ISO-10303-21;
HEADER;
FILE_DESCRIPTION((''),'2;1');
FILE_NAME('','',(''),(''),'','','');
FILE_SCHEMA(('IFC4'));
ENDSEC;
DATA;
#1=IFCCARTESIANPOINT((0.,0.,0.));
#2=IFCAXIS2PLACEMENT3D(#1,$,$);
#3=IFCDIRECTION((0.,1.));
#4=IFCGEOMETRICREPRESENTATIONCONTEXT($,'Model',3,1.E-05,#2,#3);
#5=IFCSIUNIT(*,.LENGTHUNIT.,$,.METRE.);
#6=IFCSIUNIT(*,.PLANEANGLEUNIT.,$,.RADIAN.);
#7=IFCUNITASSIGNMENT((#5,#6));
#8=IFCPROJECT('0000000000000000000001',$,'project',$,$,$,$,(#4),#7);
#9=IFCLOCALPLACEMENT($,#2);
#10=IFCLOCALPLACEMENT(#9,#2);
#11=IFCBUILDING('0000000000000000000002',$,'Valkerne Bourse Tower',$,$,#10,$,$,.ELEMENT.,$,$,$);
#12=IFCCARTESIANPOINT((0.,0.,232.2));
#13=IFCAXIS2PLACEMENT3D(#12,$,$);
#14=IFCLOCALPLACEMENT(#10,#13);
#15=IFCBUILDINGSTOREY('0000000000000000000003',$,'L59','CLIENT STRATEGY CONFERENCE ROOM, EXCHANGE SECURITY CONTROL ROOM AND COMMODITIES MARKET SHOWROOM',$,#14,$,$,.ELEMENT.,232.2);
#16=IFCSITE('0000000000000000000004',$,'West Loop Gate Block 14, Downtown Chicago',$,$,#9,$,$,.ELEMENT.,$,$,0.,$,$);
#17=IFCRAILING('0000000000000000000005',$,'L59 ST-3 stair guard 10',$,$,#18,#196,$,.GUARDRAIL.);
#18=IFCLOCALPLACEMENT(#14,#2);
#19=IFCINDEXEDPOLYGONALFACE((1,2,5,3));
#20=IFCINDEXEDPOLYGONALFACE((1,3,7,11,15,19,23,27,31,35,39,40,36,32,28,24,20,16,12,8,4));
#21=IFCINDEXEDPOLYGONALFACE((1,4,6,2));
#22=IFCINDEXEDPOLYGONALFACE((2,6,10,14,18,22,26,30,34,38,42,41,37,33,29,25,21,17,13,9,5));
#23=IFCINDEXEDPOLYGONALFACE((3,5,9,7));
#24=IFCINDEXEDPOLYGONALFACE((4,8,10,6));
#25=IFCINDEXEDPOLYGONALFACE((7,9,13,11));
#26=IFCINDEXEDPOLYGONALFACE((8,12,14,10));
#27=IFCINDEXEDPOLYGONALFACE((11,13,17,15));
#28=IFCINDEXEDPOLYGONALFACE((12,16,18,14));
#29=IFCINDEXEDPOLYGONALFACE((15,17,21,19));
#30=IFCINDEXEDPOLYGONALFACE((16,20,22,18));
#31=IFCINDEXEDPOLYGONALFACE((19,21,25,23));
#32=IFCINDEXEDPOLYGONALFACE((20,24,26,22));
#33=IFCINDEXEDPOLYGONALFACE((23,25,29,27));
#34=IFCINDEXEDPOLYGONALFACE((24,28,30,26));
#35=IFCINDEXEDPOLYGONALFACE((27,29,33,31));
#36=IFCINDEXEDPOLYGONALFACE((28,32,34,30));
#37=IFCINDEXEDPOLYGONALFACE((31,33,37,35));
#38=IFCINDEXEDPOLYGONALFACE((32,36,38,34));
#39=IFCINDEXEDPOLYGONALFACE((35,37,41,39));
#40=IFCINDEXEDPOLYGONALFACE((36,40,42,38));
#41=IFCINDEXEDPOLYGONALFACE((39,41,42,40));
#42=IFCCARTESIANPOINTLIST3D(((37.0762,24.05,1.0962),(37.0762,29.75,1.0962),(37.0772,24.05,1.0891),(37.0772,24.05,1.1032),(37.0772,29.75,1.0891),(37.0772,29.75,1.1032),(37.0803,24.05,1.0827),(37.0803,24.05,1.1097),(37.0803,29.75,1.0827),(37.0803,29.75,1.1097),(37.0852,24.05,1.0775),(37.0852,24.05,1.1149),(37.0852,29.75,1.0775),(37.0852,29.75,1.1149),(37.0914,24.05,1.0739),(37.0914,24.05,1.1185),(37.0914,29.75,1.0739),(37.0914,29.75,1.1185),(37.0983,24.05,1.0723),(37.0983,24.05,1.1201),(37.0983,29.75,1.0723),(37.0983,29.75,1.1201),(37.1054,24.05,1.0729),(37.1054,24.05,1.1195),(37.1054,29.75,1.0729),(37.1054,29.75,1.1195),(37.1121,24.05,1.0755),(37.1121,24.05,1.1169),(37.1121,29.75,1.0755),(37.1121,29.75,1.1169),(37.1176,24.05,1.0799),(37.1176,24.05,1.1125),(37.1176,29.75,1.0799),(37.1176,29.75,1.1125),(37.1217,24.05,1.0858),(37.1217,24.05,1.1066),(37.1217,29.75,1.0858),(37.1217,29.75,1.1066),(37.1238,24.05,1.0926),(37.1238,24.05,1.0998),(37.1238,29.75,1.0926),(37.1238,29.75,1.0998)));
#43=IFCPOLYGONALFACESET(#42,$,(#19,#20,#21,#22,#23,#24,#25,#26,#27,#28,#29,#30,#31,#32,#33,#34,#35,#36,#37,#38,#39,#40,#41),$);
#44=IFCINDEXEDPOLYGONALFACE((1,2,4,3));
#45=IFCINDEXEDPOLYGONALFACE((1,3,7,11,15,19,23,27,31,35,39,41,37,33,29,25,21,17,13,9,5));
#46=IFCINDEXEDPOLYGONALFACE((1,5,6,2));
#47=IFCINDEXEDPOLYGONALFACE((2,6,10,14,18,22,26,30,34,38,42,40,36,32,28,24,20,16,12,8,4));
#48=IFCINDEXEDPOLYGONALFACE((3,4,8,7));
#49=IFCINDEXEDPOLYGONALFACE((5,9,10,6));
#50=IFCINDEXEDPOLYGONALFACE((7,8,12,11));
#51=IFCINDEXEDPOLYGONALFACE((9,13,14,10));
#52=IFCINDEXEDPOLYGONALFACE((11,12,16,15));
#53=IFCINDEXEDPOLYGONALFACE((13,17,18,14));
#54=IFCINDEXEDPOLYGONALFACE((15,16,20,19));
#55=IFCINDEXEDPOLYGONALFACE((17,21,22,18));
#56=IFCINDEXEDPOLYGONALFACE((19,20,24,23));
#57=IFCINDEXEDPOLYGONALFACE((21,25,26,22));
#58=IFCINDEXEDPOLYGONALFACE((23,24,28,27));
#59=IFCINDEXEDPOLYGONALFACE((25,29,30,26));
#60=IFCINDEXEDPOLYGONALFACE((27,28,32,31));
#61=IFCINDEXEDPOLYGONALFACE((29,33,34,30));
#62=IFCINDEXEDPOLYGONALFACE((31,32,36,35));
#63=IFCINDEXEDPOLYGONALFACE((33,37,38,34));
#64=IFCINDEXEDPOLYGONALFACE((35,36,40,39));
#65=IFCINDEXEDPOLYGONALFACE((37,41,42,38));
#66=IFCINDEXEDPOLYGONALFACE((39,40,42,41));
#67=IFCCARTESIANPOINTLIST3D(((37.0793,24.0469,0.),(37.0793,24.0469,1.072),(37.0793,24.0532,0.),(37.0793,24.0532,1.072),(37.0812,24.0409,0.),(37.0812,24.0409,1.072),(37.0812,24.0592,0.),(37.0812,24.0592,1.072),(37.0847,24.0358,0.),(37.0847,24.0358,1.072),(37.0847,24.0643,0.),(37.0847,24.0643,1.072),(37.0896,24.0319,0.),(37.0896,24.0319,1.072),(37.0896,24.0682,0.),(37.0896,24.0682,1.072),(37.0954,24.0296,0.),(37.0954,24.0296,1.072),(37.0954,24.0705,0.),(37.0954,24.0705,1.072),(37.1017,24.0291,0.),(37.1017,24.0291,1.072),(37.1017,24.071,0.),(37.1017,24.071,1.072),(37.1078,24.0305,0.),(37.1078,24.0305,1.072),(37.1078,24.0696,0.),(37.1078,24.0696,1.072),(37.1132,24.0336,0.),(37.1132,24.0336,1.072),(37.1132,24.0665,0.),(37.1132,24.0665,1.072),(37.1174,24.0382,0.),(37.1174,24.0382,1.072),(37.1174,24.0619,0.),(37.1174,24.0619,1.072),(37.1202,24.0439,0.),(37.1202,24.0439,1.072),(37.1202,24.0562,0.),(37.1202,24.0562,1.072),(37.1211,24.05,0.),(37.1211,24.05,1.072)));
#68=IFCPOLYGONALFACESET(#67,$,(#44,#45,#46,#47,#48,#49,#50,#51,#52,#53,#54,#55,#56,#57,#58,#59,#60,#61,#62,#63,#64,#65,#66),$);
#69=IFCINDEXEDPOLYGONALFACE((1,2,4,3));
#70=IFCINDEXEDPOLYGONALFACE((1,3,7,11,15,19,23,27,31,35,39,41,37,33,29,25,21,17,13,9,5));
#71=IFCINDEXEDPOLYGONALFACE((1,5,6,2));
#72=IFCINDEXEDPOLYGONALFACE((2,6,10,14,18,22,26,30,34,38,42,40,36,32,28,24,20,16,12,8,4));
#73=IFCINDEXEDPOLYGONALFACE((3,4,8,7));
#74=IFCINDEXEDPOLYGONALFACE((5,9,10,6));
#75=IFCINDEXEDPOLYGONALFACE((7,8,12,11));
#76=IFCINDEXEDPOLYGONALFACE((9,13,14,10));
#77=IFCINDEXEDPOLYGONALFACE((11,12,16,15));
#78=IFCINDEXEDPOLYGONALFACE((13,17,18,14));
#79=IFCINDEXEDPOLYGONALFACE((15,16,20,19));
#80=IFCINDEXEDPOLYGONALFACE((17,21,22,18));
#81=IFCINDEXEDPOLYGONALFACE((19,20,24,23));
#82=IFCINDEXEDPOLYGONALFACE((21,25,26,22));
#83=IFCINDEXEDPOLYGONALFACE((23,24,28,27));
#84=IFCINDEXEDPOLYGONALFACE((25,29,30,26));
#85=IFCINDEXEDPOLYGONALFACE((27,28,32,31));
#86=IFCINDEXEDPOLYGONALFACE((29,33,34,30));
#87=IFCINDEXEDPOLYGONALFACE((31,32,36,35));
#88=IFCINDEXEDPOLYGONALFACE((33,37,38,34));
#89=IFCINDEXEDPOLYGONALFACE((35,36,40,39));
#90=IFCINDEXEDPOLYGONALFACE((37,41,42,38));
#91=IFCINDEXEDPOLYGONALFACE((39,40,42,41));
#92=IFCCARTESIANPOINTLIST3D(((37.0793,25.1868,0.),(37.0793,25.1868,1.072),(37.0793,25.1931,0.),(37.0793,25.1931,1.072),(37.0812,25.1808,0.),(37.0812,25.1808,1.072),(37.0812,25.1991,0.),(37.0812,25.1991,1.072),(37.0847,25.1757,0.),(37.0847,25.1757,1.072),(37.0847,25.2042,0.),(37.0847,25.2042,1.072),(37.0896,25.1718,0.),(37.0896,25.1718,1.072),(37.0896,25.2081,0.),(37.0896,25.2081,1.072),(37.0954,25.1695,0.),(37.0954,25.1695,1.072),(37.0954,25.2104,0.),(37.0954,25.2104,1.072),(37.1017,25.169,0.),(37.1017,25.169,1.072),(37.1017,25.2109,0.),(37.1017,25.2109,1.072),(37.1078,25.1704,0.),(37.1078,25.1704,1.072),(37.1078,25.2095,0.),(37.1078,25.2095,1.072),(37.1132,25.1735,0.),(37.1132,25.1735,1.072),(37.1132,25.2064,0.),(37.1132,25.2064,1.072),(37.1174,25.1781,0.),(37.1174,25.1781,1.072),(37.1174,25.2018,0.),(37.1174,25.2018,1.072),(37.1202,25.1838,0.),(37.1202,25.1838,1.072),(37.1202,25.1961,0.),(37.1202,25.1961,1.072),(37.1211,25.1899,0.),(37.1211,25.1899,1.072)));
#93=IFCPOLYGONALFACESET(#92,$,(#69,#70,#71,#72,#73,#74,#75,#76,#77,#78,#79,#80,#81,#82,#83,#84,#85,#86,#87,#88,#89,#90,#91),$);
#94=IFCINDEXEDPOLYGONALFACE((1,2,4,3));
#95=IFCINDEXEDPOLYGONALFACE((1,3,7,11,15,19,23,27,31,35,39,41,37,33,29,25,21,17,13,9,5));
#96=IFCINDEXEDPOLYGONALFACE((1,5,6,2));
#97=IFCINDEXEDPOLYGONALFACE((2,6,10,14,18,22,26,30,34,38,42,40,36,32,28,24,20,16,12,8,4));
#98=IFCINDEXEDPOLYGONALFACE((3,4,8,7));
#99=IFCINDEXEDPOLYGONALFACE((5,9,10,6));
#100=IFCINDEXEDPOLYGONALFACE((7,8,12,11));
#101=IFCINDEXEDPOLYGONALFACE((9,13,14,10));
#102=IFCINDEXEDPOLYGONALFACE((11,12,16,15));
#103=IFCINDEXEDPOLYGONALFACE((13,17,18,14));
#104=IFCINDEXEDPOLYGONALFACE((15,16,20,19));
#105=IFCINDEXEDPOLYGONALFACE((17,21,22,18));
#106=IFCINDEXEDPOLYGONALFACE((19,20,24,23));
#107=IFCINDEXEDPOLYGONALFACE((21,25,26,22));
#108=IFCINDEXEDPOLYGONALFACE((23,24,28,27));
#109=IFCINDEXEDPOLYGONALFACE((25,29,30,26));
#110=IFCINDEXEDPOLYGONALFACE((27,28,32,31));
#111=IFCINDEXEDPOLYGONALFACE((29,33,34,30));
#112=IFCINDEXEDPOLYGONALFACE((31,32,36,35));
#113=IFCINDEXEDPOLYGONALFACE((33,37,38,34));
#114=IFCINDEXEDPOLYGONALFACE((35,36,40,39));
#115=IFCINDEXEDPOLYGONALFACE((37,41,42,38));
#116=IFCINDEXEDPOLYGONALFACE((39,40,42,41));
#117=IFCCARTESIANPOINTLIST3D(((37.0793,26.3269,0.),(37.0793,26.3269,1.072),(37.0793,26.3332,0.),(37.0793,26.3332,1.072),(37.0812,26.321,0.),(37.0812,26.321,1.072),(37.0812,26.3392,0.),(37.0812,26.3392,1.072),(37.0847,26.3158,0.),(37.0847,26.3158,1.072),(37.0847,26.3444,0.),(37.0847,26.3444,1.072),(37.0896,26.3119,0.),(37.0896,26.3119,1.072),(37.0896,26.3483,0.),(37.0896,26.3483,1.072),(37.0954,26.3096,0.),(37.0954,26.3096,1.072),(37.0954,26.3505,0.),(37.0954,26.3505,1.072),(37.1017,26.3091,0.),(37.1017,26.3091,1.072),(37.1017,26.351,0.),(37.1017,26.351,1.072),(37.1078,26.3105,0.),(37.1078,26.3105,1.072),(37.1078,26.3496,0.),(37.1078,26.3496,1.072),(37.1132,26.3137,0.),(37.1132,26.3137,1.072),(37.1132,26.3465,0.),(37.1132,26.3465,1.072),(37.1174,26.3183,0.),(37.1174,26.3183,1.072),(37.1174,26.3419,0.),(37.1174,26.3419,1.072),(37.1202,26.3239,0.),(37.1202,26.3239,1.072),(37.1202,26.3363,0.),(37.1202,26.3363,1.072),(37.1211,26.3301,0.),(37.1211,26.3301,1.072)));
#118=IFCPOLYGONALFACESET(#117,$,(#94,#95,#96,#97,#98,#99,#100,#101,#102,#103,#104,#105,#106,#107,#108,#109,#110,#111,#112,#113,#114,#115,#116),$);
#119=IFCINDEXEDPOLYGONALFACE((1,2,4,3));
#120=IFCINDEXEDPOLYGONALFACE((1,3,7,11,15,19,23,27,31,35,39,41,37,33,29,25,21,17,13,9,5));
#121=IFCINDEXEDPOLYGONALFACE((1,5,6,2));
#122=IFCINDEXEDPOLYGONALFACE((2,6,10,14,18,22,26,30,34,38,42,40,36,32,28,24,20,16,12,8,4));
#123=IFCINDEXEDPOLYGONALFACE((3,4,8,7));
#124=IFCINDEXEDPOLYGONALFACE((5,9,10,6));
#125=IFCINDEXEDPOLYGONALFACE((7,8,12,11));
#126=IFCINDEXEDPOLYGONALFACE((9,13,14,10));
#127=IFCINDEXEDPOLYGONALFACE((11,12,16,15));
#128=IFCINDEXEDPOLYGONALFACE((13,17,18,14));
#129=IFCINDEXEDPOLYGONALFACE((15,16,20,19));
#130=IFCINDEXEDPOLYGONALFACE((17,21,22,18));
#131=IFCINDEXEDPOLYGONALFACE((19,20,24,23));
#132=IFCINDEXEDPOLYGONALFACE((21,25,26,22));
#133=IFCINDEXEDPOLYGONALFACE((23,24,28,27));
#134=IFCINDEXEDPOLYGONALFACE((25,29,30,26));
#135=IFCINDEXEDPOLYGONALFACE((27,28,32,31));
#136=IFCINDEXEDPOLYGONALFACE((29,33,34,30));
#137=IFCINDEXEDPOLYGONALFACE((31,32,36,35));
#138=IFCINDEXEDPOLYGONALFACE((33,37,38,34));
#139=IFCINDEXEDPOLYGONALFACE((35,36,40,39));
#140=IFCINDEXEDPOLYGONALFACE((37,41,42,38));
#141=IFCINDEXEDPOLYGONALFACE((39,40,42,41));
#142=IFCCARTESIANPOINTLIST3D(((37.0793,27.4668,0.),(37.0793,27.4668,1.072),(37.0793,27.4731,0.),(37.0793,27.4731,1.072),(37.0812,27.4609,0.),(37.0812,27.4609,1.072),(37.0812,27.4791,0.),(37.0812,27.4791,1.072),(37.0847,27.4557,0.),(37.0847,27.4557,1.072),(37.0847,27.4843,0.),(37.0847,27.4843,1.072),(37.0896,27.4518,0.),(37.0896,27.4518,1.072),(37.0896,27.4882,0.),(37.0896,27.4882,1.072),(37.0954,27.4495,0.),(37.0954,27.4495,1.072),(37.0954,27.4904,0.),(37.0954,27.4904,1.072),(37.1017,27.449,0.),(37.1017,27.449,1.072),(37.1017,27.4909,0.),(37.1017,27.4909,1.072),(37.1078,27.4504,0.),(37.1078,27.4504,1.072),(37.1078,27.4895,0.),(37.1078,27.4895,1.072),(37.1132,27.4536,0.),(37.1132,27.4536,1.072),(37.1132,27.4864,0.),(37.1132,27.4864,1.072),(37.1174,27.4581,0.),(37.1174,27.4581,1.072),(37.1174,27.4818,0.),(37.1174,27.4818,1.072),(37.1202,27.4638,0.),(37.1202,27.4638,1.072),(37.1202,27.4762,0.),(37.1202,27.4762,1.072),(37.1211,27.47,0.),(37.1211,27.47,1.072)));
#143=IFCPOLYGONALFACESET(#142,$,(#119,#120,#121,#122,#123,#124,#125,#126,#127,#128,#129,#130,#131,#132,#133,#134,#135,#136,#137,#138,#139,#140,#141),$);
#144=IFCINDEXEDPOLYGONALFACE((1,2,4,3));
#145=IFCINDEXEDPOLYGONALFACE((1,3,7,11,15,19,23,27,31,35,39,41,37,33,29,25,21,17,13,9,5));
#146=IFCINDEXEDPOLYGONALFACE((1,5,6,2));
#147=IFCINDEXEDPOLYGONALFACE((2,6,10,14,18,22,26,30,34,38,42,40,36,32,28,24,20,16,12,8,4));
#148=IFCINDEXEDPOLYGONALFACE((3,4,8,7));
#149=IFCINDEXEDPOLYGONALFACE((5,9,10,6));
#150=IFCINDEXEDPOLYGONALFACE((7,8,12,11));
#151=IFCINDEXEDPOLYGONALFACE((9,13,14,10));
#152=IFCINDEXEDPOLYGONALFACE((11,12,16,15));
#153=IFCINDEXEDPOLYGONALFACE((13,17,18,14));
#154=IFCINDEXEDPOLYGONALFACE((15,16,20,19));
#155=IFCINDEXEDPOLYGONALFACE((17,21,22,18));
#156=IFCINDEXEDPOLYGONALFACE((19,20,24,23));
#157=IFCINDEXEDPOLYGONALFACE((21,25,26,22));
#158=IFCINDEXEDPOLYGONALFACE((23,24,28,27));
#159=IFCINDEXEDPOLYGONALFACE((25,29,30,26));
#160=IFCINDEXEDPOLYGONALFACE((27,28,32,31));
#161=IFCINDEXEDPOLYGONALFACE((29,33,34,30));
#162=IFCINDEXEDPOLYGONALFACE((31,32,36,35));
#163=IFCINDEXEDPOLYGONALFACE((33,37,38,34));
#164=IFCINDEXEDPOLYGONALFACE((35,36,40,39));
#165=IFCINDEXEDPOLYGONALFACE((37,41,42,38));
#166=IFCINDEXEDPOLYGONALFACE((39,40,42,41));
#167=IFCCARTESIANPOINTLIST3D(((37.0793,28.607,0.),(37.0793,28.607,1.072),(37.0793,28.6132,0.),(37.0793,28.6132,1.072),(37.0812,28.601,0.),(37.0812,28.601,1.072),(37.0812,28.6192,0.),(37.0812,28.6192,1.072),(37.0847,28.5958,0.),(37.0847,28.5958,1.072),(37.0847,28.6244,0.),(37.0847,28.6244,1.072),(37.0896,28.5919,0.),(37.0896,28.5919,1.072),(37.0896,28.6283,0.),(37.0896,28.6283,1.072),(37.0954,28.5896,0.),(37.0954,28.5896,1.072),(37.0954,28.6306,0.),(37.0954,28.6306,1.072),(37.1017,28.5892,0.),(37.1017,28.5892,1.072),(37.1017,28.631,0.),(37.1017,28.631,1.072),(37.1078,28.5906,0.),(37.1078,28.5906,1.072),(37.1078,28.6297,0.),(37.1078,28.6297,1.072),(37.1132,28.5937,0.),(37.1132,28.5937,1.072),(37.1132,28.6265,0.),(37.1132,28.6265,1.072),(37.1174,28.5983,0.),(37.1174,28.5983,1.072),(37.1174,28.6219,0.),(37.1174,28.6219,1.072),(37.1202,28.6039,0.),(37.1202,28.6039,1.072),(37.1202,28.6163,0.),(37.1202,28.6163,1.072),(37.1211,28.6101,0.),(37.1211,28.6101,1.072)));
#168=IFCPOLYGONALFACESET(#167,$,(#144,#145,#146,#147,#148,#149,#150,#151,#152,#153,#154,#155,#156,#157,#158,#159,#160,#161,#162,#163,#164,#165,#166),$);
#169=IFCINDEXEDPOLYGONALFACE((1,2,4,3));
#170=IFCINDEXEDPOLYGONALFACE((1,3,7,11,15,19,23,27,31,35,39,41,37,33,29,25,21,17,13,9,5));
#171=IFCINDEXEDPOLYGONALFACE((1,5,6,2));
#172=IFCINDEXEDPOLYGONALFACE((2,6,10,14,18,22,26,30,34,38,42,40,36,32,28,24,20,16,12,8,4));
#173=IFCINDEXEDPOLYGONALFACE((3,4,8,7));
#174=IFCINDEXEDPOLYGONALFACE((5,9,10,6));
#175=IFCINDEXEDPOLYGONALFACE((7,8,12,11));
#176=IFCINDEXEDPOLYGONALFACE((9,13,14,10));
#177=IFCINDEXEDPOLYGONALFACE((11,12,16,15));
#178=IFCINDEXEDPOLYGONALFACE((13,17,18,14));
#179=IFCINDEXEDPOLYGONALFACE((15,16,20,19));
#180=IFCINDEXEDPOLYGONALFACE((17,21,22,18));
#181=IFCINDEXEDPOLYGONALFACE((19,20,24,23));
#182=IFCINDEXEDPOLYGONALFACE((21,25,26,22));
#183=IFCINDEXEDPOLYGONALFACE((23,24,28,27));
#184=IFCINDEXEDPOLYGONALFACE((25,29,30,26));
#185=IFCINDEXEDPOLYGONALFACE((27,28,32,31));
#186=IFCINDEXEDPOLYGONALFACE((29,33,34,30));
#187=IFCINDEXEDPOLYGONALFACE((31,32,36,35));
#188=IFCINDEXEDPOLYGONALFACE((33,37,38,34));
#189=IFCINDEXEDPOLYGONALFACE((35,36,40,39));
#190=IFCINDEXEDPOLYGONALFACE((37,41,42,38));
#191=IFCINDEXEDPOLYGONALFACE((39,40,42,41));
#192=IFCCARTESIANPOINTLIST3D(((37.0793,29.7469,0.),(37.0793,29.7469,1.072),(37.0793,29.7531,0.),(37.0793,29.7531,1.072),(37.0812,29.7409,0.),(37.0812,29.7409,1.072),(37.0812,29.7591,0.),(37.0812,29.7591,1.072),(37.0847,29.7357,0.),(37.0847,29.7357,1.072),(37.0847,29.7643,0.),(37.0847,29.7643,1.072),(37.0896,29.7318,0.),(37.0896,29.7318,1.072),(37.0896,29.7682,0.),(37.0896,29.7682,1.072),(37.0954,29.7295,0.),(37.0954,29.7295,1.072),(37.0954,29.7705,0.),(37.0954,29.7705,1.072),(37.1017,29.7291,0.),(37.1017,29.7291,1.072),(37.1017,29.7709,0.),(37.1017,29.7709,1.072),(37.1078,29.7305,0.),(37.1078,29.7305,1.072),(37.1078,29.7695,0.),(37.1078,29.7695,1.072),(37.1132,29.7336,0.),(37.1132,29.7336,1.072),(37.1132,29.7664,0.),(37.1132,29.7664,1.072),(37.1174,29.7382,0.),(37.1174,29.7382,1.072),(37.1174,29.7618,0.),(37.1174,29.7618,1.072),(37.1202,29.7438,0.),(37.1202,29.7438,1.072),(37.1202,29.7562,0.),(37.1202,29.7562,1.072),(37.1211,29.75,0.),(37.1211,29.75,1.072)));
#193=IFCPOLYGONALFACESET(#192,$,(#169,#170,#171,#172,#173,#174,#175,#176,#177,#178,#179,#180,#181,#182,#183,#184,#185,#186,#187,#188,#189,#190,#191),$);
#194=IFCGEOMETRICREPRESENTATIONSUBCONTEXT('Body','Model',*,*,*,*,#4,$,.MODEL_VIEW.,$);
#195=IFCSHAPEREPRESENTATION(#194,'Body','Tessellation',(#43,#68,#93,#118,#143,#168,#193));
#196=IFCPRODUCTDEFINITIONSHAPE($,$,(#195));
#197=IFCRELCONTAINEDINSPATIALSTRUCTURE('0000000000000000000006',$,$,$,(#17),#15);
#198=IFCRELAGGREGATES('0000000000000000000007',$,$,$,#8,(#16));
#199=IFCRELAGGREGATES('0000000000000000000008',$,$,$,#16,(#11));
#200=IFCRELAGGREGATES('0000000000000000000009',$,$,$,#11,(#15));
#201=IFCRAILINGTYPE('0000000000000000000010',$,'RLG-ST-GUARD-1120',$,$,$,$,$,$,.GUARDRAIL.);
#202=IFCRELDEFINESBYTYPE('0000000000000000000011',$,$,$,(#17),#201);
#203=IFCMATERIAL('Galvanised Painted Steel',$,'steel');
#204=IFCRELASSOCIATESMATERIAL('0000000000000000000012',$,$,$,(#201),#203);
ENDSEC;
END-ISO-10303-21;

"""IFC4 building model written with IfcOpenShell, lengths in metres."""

from ifc_helpers import new_model, si_unit, direction, frame, origin, origin_2d, place, context, subcontext, project, spatial, circle, extrude, material, type_object, element, save


model = new_model("IFC4")

# Units and contexts
model_context = context("Model", 3, precision=1e-05, world=origin(), true_north=direction((0.0, 1.0)))
body_context = subcontext(model_context, "Body", "Model", "MODEL_VIEW")
ifc_project = project(units=[si_unit("LENGTHUNIT", "METRE"), si_unit("PLANEANGLEUNIT", "RADIAN")], contexts=[model_context])

# Site, building, storey
site_placement = place(None, origin())
site = spatial("IfcSite", under=ifc_project, at=site_placement, Name="West Loop Gate Block 14, Downtown Chicago", CompositionType="ELEMENT", RefElevation=0.0)
building_placement = place(site_placement, origin())
building = spatial("IfcBuilding", under=site, at=building_placement, Name="Valkerne Bourse Tower", CompositionType="ELEMENT")
storey_placement = place(building_placement, frame((0.0, 0.0, 232.2)))
storey = spatial("IfcBuildingStorey", under=building, at=storey_placement, Name="L59", Description="CLIENT STRATEGY CONFERENCE ROOM, EXCHANGE SECURITY CONTROL ROOM AND COMMODITIES MARKET SHOWROOM", CompositionType="ELEMENT", Elevation=232.2)

# Shared definitions
ifc_material_1 = material(Name="Galvanised Painted Steel", Category="steel")

# Railing
railing_type = type_object("IfcRailingType", Name="RLG-ST-GUARD-1120", PredefinedType="GUARDRAIL", material=ifc_material_1)
for number, where, name in (
    (1, (37.1001, 24.05, 0.0), "L59 ST-3 stair guard 10"),
):
    element("IfcRailing", number, at=place(storey_placement, frame(where)), inside=storey, type_object=railing_type, Name=name, PredefinedType="GUARDRAIL", context=body_context, shape_type="SweptSolid", body=[
        extrude(circle(Radius=0.0239, at=origin_2d()), frame((0.0, 0.0, 1.0962), z_axis=(0.0, 1.0, 0.0), x_axis=(-1.0, 0.0, 0.0)), (0.0, 0.0, 1.0), 5.7),
        extrude(circle(Radius=0.021, at=origin_2d()), origin(), (0.0, 0.0, 1.0), 1.072),
        extrude(circle(Radius=0.021, at=origin_2d()), frame((0.0, 1.1399, 0.0)), (0.0, 0.0, 1.0), 1.072),
        extrude(circle(Radius=0.021, at=origin_2d()), frame((0.0, 2.28, 0.0)), (0.0, 0.0, 1.0), 1.072),
        extrude(circle(Radius=0.021, at=origin_2d()), frame((0.0, 3.4199, 0.0)), (0.0, 0.0, 1.0), 1.072),
        extrude(circle(Radius=0.021, at=origin_2d()), frame((0.0, 4.5601, 0.0)), (0.0, 0.0, 1.0), 1.072),
        extrude(circle(Radius=0.021, at=origin_2d()), frame((0.0, 5.7, 0.0)), (0.0, 0.0, 1.0), 1.072),
    ])

save(model, "model.ifc")
